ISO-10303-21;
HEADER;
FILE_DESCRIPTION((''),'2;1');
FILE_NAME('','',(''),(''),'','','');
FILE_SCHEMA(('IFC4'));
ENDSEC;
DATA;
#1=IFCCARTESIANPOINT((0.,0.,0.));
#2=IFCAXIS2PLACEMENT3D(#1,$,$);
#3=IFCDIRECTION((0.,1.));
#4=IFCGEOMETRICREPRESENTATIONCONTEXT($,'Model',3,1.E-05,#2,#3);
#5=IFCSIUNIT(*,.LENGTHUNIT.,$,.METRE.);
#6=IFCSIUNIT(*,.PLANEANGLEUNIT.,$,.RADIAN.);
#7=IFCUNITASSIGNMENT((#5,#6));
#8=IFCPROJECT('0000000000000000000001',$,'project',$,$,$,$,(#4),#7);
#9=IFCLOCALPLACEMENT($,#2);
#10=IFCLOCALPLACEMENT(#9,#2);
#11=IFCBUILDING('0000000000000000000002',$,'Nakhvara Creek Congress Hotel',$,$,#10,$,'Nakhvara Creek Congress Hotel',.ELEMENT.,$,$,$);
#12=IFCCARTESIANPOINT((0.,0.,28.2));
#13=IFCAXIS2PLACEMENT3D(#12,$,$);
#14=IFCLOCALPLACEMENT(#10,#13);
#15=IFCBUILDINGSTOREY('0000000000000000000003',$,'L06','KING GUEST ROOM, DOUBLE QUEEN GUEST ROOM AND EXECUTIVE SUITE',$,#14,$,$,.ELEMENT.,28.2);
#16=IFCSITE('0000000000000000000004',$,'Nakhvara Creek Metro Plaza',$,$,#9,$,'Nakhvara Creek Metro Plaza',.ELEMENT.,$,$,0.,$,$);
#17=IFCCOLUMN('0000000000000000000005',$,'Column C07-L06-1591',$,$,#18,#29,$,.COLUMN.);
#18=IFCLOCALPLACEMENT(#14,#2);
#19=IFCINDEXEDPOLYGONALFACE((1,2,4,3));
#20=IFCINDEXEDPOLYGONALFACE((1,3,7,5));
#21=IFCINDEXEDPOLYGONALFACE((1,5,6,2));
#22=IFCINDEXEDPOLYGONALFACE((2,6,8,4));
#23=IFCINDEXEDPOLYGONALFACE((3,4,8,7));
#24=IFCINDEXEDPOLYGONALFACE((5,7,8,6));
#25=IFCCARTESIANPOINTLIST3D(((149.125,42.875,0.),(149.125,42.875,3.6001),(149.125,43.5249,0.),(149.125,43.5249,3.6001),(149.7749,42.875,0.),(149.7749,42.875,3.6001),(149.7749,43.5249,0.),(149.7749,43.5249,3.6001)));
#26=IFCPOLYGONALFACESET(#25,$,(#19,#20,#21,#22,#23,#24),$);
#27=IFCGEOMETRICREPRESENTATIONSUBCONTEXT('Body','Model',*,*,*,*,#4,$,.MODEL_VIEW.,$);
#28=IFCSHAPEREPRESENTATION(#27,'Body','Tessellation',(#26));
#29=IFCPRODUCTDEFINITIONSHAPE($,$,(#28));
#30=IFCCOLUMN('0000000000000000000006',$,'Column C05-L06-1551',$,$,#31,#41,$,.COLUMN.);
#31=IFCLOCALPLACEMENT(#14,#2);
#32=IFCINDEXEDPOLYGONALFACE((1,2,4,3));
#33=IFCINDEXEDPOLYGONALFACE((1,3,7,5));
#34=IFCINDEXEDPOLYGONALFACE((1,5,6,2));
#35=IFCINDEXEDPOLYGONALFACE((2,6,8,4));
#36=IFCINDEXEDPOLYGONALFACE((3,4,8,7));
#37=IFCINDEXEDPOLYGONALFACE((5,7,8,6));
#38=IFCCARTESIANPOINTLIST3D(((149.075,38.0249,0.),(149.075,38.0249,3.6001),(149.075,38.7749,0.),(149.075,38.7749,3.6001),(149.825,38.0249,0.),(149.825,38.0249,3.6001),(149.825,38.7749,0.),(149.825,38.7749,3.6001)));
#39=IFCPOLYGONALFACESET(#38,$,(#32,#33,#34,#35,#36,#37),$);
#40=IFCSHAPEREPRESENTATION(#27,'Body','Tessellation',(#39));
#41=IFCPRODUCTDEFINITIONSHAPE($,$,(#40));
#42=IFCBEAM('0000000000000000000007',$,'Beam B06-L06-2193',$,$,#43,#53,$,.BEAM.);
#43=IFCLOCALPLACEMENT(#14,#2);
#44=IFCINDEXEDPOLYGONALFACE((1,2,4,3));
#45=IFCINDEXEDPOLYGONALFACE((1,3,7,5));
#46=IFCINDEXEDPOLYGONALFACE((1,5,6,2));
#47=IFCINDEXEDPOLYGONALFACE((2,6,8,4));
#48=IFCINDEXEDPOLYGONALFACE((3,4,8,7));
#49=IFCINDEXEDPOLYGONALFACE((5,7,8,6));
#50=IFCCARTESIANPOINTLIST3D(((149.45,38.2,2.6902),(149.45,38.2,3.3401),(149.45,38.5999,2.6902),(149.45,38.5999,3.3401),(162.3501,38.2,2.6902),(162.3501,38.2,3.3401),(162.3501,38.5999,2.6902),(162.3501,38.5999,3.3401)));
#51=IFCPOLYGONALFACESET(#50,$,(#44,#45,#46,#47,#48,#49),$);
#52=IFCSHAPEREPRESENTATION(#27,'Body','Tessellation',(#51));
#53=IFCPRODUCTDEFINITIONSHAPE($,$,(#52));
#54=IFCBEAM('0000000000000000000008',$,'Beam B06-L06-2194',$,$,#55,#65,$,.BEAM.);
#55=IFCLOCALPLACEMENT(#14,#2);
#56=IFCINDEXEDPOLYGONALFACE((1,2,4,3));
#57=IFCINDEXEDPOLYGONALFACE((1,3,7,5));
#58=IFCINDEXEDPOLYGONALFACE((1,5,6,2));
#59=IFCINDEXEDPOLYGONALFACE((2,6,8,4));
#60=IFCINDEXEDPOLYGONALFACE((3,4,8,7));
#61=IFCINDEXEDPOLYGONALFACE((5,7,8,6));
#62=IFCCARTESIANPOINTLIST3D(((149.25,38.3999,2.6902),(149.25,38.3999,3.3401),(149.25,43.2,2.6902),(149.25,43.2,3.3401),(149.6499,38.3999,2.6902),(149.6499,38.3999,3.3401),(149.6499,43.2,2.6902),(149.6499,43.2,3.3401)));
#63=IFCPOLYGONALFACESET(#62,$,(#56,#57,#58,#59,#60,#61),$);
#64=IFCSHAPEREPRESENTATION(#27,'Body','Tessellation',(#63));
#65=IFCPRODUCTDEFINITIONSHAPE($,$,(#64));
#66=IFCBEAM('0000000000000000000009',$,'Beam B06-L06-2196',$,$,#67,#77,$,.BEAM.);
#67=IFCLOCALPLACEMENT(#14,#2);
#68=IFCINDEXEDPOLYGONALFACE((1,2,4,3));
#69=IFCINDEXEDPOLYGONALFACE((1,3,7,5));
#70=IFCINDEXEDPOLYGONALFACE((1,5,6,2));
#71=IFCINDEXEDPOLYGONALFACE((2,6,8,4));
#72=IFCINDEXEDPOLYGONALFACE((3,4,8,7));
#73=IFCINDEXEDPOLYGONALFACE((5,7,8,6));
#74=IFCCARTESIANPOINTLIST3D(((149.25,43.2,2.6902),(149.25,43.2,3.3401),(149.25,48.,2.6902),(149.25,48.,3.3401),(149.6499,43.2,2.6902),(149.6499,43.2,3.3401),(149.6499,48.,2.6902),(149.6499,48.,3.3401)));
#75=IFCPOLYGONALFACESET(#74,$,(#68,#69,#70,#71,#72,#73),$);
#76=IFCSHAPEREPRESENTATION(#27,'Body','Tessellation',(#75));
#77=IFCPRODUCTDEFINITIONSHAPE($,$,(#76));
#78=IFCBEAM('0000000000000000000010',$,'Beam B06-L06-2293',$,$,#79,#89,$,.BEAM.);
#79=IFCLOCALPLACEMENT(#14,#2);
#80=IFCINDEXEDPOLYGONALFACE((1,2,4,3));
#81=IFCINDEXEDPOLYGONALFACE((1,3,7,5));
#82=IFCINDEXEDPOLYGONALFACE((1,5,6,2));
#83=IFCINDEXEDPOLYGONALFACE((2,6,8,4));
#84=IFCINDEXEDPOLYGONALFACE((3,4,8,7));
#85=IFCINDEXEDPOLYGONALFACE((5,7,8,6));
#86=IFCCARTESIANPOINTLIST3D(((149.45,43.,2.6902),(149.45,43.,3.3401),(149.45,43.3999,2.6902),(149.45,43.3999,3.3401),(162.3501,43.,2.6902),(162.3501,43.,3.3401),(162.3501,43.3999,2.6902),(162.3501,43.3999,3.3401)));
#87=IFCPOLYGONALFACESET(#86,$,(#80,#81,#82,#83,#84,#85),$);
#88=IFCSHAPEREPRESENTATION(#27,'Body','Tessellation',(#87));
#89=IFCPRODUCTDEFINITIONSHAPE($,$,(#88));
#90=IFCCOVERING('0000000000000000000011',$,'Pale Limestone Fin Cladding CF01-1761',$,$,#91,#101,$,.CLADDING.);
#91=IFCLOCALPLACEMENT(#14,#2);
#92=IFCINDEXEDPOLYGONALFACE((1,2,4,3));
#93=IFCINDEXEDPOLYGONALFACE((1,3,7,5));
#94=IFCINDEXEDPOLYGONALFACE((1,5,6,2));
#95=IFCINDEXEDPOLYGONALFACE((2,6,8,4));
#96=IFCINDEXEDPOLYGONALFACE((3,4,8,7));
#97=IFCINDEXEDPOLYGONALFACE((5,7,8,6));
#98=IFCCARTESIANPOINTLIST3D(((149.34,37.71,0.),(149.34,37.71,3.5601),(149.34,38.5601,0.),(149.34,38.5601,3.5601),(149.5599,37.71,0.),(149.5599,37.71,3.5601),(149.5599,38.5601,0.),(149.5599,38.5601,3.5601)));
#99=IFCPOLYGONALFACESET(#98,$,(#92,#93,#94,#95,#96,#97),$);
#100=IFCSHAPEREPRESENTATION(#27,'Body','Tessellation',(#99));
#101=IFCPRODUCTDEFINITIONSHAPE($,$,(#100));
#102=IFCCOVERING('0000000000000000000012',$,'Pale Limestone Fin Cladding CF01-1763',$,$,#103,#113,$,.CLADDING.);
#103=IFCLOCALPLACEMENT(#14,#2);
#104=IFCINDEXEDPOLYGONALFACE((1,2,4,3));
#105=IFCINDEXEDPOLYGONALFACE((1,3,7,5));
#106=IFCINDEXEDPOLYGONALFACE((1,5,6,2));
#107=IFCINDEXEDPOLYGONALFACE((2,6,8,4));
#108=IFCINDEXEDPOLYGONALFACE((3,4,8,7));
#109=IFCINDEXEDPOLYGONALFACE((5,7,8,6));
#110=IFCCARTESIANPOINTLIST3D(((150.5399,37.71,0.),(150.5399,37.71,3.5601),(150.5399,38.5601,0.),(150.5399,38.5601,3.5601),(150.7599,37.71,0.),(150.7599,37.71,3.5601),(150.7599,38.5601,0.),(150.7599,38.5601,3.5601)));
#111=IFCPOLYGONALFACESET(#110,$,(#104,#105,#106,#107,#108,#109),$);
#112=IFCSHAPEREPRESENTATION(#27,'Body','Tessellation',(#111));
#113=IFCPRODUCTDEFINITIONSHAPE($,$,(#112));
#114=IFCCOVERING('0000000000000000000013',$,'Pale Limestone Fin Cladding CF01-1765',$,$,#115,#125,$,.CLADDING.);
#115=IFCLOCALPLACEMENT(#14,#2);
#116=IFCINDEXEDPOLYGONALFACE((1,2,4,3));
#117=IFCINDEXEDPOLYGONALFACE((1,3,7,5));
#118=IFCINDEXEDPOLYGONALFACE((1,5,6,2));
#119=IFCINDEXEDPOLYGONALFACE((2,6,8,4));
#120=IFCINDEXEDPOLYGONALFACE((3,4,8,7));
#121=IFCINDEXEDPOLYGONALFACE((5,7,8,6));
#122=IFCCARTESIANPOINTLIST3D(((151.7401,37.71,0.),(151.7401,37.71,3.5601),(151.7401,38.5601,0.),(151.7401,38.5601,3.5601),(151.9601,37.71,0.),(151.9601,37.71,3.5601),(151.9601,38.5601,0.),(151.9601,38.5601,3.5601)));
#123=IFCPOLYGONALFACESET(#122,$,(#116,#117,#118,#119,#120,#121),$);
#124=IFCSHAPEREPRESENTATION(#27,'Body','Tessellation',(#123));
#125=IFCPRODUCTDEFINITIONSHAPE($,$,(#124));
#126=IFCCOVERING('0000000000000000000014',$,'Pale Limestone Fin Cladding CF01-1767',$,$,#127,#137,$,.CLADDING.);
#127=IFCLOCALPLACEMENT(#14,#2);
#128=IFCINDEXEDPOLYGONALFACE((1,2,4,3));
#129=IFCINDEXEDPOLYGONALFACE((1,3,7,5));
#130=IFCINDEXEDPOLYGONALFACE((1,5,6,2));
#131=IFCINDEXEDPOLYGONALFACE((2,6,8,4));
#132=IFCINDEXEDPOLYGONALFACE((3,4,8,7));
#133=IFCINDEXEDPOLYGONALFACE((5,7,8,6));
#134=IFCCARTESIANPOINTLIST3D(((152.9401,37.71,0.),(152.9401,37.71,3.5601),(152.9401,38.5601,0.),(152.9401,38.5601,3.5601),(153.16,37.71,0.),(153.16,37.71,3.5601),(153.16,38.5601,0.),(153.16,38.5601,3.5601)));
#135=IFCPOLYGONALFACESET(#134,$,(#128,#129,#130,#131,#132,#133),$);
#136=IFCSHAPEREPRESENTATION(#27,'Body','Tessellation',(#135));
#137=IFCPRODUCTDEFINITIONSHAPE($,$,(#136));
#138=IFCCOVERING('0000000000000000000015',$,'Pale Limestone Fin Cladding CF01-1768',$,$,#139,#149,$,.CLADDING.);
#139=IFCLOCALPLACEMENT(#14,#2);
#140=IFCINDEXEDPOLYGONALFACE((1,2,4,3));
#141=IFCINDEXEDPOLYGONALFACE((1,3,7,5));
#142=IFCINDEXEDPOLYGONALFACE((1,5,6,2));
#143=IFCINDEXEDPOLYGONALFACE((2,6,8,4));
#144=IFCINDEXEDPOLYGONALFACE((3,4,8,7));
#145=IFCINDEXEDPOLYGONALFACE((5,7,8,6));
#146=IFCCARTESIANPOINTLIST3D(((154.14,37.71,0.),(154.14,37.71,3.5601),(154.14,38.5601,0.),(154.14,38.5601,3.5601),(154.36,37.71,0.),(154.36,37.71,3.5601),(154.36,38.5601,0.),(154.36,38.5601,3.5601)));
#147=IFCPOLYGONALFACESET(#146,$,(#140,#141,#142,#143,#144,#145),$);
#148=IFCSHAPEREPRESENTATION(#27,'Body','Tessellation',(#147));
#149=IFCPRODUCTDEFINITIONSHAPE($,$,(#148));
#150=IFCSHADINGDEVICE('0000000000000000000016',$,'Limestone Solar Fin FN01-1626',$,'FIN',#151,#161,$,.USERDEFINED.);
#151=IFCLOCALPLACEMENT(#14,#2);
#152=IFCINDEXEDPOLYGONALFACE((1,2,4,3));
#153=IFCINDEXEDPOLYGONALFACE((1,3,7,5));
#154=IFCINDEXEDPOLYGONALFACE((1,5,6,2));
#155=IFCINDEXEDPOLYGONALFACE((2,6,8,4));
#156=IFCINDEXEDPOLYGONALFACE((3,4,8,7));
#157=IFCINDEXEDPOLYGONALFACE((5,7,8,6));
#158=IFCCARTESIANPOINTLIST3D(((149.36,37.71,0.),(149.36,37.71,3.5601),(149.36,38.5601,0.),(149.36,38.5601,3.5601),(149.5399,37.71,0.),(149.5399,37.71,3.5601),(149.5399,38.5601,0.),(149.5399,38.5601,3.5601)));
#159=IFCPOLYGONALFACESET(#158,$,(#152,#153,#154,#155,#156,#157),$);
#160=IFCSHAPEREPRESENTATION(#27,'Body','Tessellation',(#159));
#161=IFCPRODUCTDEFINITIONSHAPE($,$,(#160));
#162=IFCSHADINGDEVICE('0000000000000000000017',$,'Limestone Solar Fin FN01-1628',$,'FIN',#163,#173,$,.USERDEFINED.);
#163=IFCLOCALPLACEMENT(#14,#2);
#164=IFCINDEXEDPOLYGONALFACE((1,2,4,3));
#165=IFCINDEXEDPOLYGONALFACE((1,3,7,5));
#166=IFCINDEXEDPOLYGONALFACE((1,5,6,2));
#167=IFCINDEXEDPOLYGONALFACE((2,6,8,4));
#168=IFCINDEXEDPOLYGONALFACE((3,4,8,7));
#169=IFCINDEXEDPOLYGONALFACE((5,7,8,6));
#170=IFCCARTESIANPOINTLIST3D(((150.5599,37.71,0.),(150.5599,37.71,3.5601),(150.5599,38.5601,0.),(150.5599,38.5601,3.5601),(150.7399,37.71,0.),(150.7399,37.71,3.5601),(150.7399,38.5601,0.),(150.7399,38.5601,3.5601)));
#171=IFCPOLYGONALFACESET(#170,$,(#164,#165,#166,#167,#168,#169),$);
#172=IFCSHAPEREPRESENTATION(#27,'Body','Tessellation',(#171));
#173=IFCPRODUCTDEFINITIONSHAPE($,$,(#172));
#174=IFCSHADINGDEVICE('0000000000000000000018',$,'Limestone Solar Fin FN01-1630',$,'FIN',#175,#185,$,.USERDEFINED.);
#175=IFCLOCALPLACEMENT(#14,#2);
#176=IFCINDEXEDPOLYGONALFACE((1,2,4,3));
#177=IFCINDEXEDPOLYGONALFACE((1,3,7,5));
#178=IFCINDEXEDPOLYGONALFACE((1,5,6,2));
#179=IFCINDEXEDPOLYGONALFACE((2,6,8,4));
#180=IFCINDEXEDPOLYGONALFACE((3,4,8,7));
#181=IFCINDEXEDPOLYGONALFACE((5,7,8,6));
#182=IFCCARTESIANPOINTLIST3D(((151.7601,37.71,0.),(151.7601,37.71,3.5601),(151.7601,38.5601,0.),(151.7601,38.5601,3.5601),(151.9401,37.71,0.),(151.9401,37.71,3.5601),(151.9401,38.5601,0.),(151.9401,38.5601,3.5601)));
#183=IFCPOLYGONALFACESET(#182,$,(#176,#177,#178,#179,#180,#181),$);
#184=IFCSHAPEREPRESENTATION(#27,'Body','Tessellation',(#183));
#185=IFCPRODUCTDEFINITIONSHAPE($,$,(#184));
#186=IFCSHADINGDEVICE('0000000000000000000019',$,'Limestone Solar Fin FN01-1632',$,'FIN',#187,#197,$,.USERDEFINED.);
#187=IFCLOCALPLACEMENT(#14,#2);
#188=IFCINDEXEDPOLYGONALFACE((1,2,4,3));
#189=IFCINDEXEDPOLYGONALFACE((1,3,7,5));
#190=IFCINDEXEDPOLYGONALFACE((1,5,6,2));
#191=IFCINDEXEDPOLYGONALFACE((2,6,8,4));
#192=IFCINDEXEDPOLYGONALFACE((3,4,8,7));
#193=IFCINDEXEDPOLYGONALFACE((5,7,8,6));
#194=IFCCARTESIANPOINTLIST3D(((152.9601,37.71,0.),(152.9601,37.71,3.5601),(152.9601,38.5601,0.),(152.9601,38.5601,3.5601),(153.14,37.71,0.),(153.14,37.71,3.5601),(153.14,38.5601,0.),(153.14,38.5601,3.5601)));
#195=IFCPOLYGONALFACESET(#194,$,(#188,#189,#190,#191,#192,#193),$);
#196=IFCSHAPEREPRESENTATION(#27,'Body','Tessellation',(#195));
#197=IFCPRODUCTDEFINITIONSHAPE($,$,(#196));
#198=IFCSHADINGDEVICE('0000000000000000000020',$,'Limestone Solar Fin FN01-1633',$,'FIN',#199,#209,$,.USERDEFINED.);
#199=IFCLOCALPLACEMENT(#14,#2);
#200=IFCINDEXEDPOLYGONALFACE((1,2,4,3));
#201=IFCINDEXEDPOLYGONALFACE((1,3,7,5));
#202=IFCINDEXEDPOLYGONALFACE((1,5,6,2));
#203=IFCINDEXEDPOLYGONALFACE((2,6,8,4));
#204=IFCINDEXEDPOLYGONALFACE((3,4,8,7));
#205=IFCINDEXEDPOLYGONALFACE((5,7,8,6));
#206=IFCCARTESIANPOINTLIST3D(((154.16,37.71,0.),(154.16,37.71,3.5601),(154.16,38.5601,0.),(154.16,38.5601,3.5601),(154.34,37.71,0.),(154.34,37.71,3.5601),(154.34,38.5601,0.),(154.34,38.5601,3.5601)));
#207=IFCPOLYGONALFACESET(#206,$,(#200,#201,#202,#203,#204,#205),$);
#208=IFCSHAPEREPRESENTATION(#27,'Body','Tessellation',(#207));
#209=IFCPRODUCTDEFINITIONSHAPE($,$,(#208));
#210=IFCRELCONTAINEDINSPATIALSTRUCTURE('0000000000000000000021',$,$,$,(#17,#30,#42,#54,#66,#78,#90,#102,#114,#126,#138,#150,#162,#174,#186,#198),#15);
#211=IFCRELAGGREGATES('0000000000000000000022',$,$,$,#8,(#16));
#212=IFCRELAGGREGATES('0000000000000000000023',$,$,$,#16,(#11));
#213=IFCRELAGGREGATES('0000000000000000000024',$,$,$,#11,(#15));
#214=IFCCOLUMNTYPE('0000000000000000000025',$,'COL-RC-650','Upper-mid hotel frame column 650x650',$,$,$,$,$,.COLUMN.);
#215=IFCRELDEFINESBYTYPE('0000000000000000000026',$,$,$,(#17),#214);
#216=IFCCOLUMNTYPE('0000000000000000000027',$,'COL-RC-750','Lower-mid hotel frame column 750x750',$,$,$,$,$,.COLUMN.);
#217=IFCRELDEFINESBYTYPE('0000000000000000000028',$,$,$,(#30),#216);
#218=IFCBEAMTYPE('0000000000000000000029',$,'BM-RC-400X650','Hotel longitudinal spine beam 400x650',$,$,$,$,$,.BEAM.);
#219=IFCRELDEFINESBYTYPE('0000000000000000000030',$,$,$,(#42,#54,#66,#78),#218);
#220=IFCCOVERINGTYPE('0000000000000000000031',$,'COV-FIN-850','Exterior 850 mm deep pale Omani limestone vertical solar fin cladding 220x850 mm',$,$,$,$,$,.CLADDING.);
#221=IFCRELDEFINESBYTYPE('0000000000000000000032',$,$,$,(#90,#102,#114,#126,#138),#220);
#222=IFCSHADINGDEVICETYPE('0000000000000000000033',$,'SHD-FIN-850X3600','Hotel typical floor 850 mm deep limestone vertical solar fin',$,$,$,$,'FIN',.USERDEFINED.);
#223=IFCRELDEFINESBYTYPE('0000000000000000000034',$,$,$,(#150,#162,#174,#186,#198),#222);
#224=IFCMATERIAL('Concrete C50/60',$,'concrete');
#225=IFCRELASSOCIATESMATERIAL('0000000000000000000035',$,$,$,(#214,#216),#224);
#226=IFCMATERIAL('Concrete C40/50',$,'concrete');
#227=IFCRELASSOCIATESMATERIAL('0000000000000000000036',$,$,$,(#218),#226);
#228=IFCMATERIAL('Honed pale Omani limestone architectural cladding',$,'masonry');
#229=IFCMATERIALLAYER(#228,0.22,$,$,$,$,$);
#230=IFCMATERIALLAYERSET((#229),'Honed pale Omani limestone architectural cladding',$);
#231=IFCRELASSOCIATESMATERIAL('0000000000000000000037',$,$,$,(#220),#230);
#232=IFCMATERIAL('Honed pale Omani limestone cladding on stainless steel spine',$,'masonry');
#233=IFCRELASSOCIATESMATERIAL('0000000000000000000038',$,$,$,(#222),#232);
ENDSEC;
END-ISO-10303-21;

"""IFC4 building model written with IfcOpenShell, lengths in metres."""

from ifc_helpers import new_model, si_unit, direction, frame, origin, origin_2d, place, context, subcontext, project, spatial, rectangle, extrude, material, layer, layer_set, material_profile, profile_set, type_object, element, save


model = new_model("IFC4")

# Units and contexts
model_context = context("Model", 3, precision=1e-05, world=origin(), true_north=direction((0.0, 1.0)))
body_context = subcontext(model_context, "Body", "Model", "MODEL_VIEW")
ifc_project = project(units=[si_unit("LENGTHUNIT", "METRE"), si_unit("PLANEANGLEUNIT", "RADIAN")], contexts=[model_context])

# Site, building, storey
site_placement = place(None, origin())
site = spatial("IfcSite", under=ifc_project, at=site_placement, Name="Nakhvara Creek Metro Plaza", LongName="Nakhvara Creek Metro Plaza", CompositionType="ELEMENT", RefElevation=0.0)
building_placement = place(site_placement, origin())
building = spatial("IfcBuilding", under=site, at=building_placement, Name="Nakhvara Creek Congress Hotel", LongName="Nakhvara Creek Congress Hotel", CompositionType="ELEMENT")
storey_placement = place(building_placement, frame((0.0, 0.0, 28.2)))
storey = spatial("IfcBuildingStorey", under=building, at=storey_placement, Name="L06", Description="KING GUEST ROOM, DOUBLE QUEEN GUEST ROOM AND EXECUTIVE SUITE", CompositionType="ELEMENT", Elevation=28.2)

# Columns
ifc_material_1 = material(Name="Concrete C50/60", Category="concrete")
ifc_material_profile_1 = material_profile(ifc_material_1, rectangle(XDim=0.6499, YDim=0.6499, at=origin_2d()), Name="RC-COL 650x650", Category="LoadBearing")
ifc_profile_set_1 = profile_set([ifc_material_profile_1], Name="Concrete C50/60")
column_type_1 = type_object("IfcColumnType", Name="COL-RC-650", Description="Upper-mid hotel frame column 650x650", PredefinedType="COLUMN", material=ifc_profile_set_1)
column_1_placement = place(storey_placement, frame((149.45, 43.2, 0.0), z_axis=(0.0, 0.0, 1.0), x_axis=(1.0, 0.0, 0.0)))
element("IfcColumn", 1, at=column_1_placement, inside=storey, type_object=column_type_1, Name="Column C07-L06-1591", PredefinedType="COLUMN", context=body_context, shape_type="SweptSolid", body=[
    extrude(rectangle(XDim=0.6499, YDim=0.6499, at=origin_2d()), origin(), (0.0, 0.0, 1.0), 3.6001),
])
ifc_material_profile_2 = material_profile(ifc_material_1, rectangle(XDim=0.75, YDim=0.75, at=origin_2d()), Name="RC-COL 750x750", Category="LoadBearing")
ifc_profile_set_2 = profile_set([ifc_material_profile_2], Name="Concrete C50/60")
column_type_2 = type_object("IfcColumnType", Name="COL-RC-750", Description="Lower-mid hotel frame column 750x750", PredefinedType="COLUMN", material=ifc_profile_set_2)
column_2_placement = place(storey_placement, frame((149.45, 38.3999, 0.0), z_axis=(0.0, 0.0, 1.0), x_axis=(1.0, 0.0, 0.0)))
element("IfcColumn", 2, at=column_2_placement, inside=storey, type_object=column_type_2, Name="Column C05-L06-1551", PredefinedType="COLUMN", context=body_context, shape_type="SweptSolid", body=[
    extrude(rectangle(XDim=0.75, YDim=0.75, at=origin_2d()), origin(), (0.0, 0.0, 1.0), 3.6001),
])

# Beams
ifc_material_2 = material(Name="Concrete C40/50", Category="concrete")
ifc_material_profile_3 = material_profile(ifc_material_2, rectangle(XDim=0.3999, YDim=0.6499, at=origin_2d()), Name="RC-BM 400x650", Category="LoadBearing")
ifc_profile_set_3 = profile_set([ifc_material_profile_3], Name="Concrete C40/50")
beam_type = type_object("IfcBeamType", Name="BM-RC-400X650", Description="Hotel longitudinal spine beam 400x650", PredefinedType="BEAM", material=ifc_profile_set_3)
beam_1_placement = place(storey_placement, frame((149.45, 38.3999, 3.0151), z_axis=(1.0, 0.0, 0.0), x_axis=(0.0, 1.0, 0.0)))
element("IfcBeam", 3, at=beam_1_placement, inside=storey, type_object=beam_type, Name="Beam B06-L06-2193", PredefinedType="BEAM", context=body_context, shape_type="SweptSolid", body=[
    extrude(rectangle(XDim=0.3999, YDim=0.6499, at=origin_2d()), origin(), (0.0, 0.0, 1.0), 12.9001),
])
for number, where, z_axis, x_axis, name in (
    (4, (149.45, 38.3999, 3.0151), (0.0, 1.0, 0.0), (-1.0, 0.0, 0.0), "Beam B06-L06-2194"),
    (5, (149.45, 43.2, 3.0151), (0.0, 1.0, 0.0), (-1.0, 0.0, 0.0), "Beam B06-L06-2196"),
):
    element("IfcBeam", number, at=place(storey_placement, frame(where, z_axis=z_axis, x_axis=x_axis)), inside=storey, type_object=beam_type, Name=name, PredefinedType="BEAM", context=body_context, shape_type="SweptSolid", body=[
        extrude(rectangle(XDim=0.3999, YDim=0.6499, at=origin_2d()), origin(), (0.0, 0.0, 1.0), 4.8),
    ])
beam_2_placement = place(storey_placement, frame((149.45, 43.2, 3.0151), z_axis=(1.0, 0.0, 0.0), x_axis=(0.0, 1.0, 0.0)))
element("IfcBeam", 6, at=beam_2_placement, inside=storey, type_object=beam_type, Name="Beam B06-L06-2293", PredefinedType="BEAM", context=body_context, shape_type="SweptSolid", body=[
    extrude(rectangle(XDim=0.3999, YDim=0.6499, at=origin_2d()), origin(), (0.0, 0.0, 1.0), 12.9001),
])

# Coverings
ifc_material_3 = material(Name="Honed pale Omani limestone architectural cladding", Category="masonry")
ifc_layer = layer(ifc_material_3, 0.22)
ifc_layer_set = layer_set([ifc_layer], Name="Honed pale Omani limestone architectural cladding")
covering_type = type_object("IfcCoveringType", Name="COV-FIN-850", Description="Exterior 850 mm deep pale Omani limestone vertical solar fin cladding 220x850 mm", PredefinedType="CLADDING", material=ifc_layer_set)
for number, where, z_axis, x_axis, name in (
    (7, (149.45, 38.135, 0.0), (0.0, 0.0, 1.0), (1.0, 0.0, 0.0), "Pale Limestone Fin Cladding CF01-1761"),
    (8, (150.6499, 38.135, 0.0), (0.0, 0.0, 1.0), (1.0, 0.0, 0.0), "Pale Limestone Fin Cladding CF01-1763"),
    (9, (151.8501, 38.135, 0.0), (0.0, 0.0, 1.0), (1.0, 0.0, 0.0), "Pale Limestone Fin Cladding CF01-1765"),
    (10, (153.05, 38.135, 0.0), (0.0, 0.0, 1.0), (1.0, 0.0, 0.0), "Pale Limestone Fin Cladding CF01-1767"),
    (11, (154.25, 38.135, 0.0), (0.0, 0.0, 1.0), (1.0, 0.0, 0.0), "Pale Limestone Fin Cladding CF01-1768"),
):
    element("IfcCovering", number, at=place(storey_placement, frame(where, z_axis=z_axis, x_axis=x_axis)), inside=storey, type_object=covering_type, Name=name, PredefinedType="CLADDING", context=body_context, shape_type="SweptSolid", body=[
        extrude(rectangle(XDim=0.22, YDim=0.8501, at=origin_2d()), origin(), (0.0, 0.0, 1.0), 3.5601),
    ])

# Shading devices
ifc_material_4 = material(Name="Honed pale Omani limestone cladding on stainless steel spine", Category="masonry")
shading_device_type = type_object("IfcShadingDeviceType", Name="SHD-FIN-850X3600", Description="Hotel typical floor 850 mm deep limestone vertical solar fin", ElementType="FIN", PredefinedType="USERDEFINED", material=ifc_material_4)
for number, where, z_axis, x_axis, name in (
    (12, (149.45, 38.135, 0.0), (0.0, 0.0, 1.0), (1.0, 0.0, 0.0), "Limestone Solar Fin FN01-1626"),
    (13, (150.6499, 38.135, 0.0), (0.0, 0.0, 1.0), (1.0, 0.0, 0.0), "Limestone Solar Fin FN01-1628"),
    (14, (151.8501, 38.135, 0.0), (0.0, 0.0, 1.0), (1.0, 0.0, 0.0), "Limestone Solar Fin FN01-1630"),
    (15, (153.05, 38.135, 0.0), (0.0, 0.0, 1.0), (1.0, 0.0, 0.0), "Limestone Solar Fin FN01-1632"),
    (16, (154.25, 38.135, 0.0), (0.0, 0.0, 1.0), (1.0, 0.0, 0.0), "Limestone Solar Fin FN01-1633"),
):
    element("IfcShadingDevice", number, at=place(storey_placement, frame(where, z_axis=z_axis, x_axis=x_axis)), inside=storey, type_object=shading_device_type, Name=name, ObjectType="FIN", PredefinedType="USERDEFINED", context=body_context, shape_type="SweptSolid", body=[
        extrude(rectangle(XDim=0.1799, YDim=0.8501, at=origin_2d()), origin(), (0.0, 0.0, 1.0), 3.5601),
    ])

save(model, "model.ifc")
